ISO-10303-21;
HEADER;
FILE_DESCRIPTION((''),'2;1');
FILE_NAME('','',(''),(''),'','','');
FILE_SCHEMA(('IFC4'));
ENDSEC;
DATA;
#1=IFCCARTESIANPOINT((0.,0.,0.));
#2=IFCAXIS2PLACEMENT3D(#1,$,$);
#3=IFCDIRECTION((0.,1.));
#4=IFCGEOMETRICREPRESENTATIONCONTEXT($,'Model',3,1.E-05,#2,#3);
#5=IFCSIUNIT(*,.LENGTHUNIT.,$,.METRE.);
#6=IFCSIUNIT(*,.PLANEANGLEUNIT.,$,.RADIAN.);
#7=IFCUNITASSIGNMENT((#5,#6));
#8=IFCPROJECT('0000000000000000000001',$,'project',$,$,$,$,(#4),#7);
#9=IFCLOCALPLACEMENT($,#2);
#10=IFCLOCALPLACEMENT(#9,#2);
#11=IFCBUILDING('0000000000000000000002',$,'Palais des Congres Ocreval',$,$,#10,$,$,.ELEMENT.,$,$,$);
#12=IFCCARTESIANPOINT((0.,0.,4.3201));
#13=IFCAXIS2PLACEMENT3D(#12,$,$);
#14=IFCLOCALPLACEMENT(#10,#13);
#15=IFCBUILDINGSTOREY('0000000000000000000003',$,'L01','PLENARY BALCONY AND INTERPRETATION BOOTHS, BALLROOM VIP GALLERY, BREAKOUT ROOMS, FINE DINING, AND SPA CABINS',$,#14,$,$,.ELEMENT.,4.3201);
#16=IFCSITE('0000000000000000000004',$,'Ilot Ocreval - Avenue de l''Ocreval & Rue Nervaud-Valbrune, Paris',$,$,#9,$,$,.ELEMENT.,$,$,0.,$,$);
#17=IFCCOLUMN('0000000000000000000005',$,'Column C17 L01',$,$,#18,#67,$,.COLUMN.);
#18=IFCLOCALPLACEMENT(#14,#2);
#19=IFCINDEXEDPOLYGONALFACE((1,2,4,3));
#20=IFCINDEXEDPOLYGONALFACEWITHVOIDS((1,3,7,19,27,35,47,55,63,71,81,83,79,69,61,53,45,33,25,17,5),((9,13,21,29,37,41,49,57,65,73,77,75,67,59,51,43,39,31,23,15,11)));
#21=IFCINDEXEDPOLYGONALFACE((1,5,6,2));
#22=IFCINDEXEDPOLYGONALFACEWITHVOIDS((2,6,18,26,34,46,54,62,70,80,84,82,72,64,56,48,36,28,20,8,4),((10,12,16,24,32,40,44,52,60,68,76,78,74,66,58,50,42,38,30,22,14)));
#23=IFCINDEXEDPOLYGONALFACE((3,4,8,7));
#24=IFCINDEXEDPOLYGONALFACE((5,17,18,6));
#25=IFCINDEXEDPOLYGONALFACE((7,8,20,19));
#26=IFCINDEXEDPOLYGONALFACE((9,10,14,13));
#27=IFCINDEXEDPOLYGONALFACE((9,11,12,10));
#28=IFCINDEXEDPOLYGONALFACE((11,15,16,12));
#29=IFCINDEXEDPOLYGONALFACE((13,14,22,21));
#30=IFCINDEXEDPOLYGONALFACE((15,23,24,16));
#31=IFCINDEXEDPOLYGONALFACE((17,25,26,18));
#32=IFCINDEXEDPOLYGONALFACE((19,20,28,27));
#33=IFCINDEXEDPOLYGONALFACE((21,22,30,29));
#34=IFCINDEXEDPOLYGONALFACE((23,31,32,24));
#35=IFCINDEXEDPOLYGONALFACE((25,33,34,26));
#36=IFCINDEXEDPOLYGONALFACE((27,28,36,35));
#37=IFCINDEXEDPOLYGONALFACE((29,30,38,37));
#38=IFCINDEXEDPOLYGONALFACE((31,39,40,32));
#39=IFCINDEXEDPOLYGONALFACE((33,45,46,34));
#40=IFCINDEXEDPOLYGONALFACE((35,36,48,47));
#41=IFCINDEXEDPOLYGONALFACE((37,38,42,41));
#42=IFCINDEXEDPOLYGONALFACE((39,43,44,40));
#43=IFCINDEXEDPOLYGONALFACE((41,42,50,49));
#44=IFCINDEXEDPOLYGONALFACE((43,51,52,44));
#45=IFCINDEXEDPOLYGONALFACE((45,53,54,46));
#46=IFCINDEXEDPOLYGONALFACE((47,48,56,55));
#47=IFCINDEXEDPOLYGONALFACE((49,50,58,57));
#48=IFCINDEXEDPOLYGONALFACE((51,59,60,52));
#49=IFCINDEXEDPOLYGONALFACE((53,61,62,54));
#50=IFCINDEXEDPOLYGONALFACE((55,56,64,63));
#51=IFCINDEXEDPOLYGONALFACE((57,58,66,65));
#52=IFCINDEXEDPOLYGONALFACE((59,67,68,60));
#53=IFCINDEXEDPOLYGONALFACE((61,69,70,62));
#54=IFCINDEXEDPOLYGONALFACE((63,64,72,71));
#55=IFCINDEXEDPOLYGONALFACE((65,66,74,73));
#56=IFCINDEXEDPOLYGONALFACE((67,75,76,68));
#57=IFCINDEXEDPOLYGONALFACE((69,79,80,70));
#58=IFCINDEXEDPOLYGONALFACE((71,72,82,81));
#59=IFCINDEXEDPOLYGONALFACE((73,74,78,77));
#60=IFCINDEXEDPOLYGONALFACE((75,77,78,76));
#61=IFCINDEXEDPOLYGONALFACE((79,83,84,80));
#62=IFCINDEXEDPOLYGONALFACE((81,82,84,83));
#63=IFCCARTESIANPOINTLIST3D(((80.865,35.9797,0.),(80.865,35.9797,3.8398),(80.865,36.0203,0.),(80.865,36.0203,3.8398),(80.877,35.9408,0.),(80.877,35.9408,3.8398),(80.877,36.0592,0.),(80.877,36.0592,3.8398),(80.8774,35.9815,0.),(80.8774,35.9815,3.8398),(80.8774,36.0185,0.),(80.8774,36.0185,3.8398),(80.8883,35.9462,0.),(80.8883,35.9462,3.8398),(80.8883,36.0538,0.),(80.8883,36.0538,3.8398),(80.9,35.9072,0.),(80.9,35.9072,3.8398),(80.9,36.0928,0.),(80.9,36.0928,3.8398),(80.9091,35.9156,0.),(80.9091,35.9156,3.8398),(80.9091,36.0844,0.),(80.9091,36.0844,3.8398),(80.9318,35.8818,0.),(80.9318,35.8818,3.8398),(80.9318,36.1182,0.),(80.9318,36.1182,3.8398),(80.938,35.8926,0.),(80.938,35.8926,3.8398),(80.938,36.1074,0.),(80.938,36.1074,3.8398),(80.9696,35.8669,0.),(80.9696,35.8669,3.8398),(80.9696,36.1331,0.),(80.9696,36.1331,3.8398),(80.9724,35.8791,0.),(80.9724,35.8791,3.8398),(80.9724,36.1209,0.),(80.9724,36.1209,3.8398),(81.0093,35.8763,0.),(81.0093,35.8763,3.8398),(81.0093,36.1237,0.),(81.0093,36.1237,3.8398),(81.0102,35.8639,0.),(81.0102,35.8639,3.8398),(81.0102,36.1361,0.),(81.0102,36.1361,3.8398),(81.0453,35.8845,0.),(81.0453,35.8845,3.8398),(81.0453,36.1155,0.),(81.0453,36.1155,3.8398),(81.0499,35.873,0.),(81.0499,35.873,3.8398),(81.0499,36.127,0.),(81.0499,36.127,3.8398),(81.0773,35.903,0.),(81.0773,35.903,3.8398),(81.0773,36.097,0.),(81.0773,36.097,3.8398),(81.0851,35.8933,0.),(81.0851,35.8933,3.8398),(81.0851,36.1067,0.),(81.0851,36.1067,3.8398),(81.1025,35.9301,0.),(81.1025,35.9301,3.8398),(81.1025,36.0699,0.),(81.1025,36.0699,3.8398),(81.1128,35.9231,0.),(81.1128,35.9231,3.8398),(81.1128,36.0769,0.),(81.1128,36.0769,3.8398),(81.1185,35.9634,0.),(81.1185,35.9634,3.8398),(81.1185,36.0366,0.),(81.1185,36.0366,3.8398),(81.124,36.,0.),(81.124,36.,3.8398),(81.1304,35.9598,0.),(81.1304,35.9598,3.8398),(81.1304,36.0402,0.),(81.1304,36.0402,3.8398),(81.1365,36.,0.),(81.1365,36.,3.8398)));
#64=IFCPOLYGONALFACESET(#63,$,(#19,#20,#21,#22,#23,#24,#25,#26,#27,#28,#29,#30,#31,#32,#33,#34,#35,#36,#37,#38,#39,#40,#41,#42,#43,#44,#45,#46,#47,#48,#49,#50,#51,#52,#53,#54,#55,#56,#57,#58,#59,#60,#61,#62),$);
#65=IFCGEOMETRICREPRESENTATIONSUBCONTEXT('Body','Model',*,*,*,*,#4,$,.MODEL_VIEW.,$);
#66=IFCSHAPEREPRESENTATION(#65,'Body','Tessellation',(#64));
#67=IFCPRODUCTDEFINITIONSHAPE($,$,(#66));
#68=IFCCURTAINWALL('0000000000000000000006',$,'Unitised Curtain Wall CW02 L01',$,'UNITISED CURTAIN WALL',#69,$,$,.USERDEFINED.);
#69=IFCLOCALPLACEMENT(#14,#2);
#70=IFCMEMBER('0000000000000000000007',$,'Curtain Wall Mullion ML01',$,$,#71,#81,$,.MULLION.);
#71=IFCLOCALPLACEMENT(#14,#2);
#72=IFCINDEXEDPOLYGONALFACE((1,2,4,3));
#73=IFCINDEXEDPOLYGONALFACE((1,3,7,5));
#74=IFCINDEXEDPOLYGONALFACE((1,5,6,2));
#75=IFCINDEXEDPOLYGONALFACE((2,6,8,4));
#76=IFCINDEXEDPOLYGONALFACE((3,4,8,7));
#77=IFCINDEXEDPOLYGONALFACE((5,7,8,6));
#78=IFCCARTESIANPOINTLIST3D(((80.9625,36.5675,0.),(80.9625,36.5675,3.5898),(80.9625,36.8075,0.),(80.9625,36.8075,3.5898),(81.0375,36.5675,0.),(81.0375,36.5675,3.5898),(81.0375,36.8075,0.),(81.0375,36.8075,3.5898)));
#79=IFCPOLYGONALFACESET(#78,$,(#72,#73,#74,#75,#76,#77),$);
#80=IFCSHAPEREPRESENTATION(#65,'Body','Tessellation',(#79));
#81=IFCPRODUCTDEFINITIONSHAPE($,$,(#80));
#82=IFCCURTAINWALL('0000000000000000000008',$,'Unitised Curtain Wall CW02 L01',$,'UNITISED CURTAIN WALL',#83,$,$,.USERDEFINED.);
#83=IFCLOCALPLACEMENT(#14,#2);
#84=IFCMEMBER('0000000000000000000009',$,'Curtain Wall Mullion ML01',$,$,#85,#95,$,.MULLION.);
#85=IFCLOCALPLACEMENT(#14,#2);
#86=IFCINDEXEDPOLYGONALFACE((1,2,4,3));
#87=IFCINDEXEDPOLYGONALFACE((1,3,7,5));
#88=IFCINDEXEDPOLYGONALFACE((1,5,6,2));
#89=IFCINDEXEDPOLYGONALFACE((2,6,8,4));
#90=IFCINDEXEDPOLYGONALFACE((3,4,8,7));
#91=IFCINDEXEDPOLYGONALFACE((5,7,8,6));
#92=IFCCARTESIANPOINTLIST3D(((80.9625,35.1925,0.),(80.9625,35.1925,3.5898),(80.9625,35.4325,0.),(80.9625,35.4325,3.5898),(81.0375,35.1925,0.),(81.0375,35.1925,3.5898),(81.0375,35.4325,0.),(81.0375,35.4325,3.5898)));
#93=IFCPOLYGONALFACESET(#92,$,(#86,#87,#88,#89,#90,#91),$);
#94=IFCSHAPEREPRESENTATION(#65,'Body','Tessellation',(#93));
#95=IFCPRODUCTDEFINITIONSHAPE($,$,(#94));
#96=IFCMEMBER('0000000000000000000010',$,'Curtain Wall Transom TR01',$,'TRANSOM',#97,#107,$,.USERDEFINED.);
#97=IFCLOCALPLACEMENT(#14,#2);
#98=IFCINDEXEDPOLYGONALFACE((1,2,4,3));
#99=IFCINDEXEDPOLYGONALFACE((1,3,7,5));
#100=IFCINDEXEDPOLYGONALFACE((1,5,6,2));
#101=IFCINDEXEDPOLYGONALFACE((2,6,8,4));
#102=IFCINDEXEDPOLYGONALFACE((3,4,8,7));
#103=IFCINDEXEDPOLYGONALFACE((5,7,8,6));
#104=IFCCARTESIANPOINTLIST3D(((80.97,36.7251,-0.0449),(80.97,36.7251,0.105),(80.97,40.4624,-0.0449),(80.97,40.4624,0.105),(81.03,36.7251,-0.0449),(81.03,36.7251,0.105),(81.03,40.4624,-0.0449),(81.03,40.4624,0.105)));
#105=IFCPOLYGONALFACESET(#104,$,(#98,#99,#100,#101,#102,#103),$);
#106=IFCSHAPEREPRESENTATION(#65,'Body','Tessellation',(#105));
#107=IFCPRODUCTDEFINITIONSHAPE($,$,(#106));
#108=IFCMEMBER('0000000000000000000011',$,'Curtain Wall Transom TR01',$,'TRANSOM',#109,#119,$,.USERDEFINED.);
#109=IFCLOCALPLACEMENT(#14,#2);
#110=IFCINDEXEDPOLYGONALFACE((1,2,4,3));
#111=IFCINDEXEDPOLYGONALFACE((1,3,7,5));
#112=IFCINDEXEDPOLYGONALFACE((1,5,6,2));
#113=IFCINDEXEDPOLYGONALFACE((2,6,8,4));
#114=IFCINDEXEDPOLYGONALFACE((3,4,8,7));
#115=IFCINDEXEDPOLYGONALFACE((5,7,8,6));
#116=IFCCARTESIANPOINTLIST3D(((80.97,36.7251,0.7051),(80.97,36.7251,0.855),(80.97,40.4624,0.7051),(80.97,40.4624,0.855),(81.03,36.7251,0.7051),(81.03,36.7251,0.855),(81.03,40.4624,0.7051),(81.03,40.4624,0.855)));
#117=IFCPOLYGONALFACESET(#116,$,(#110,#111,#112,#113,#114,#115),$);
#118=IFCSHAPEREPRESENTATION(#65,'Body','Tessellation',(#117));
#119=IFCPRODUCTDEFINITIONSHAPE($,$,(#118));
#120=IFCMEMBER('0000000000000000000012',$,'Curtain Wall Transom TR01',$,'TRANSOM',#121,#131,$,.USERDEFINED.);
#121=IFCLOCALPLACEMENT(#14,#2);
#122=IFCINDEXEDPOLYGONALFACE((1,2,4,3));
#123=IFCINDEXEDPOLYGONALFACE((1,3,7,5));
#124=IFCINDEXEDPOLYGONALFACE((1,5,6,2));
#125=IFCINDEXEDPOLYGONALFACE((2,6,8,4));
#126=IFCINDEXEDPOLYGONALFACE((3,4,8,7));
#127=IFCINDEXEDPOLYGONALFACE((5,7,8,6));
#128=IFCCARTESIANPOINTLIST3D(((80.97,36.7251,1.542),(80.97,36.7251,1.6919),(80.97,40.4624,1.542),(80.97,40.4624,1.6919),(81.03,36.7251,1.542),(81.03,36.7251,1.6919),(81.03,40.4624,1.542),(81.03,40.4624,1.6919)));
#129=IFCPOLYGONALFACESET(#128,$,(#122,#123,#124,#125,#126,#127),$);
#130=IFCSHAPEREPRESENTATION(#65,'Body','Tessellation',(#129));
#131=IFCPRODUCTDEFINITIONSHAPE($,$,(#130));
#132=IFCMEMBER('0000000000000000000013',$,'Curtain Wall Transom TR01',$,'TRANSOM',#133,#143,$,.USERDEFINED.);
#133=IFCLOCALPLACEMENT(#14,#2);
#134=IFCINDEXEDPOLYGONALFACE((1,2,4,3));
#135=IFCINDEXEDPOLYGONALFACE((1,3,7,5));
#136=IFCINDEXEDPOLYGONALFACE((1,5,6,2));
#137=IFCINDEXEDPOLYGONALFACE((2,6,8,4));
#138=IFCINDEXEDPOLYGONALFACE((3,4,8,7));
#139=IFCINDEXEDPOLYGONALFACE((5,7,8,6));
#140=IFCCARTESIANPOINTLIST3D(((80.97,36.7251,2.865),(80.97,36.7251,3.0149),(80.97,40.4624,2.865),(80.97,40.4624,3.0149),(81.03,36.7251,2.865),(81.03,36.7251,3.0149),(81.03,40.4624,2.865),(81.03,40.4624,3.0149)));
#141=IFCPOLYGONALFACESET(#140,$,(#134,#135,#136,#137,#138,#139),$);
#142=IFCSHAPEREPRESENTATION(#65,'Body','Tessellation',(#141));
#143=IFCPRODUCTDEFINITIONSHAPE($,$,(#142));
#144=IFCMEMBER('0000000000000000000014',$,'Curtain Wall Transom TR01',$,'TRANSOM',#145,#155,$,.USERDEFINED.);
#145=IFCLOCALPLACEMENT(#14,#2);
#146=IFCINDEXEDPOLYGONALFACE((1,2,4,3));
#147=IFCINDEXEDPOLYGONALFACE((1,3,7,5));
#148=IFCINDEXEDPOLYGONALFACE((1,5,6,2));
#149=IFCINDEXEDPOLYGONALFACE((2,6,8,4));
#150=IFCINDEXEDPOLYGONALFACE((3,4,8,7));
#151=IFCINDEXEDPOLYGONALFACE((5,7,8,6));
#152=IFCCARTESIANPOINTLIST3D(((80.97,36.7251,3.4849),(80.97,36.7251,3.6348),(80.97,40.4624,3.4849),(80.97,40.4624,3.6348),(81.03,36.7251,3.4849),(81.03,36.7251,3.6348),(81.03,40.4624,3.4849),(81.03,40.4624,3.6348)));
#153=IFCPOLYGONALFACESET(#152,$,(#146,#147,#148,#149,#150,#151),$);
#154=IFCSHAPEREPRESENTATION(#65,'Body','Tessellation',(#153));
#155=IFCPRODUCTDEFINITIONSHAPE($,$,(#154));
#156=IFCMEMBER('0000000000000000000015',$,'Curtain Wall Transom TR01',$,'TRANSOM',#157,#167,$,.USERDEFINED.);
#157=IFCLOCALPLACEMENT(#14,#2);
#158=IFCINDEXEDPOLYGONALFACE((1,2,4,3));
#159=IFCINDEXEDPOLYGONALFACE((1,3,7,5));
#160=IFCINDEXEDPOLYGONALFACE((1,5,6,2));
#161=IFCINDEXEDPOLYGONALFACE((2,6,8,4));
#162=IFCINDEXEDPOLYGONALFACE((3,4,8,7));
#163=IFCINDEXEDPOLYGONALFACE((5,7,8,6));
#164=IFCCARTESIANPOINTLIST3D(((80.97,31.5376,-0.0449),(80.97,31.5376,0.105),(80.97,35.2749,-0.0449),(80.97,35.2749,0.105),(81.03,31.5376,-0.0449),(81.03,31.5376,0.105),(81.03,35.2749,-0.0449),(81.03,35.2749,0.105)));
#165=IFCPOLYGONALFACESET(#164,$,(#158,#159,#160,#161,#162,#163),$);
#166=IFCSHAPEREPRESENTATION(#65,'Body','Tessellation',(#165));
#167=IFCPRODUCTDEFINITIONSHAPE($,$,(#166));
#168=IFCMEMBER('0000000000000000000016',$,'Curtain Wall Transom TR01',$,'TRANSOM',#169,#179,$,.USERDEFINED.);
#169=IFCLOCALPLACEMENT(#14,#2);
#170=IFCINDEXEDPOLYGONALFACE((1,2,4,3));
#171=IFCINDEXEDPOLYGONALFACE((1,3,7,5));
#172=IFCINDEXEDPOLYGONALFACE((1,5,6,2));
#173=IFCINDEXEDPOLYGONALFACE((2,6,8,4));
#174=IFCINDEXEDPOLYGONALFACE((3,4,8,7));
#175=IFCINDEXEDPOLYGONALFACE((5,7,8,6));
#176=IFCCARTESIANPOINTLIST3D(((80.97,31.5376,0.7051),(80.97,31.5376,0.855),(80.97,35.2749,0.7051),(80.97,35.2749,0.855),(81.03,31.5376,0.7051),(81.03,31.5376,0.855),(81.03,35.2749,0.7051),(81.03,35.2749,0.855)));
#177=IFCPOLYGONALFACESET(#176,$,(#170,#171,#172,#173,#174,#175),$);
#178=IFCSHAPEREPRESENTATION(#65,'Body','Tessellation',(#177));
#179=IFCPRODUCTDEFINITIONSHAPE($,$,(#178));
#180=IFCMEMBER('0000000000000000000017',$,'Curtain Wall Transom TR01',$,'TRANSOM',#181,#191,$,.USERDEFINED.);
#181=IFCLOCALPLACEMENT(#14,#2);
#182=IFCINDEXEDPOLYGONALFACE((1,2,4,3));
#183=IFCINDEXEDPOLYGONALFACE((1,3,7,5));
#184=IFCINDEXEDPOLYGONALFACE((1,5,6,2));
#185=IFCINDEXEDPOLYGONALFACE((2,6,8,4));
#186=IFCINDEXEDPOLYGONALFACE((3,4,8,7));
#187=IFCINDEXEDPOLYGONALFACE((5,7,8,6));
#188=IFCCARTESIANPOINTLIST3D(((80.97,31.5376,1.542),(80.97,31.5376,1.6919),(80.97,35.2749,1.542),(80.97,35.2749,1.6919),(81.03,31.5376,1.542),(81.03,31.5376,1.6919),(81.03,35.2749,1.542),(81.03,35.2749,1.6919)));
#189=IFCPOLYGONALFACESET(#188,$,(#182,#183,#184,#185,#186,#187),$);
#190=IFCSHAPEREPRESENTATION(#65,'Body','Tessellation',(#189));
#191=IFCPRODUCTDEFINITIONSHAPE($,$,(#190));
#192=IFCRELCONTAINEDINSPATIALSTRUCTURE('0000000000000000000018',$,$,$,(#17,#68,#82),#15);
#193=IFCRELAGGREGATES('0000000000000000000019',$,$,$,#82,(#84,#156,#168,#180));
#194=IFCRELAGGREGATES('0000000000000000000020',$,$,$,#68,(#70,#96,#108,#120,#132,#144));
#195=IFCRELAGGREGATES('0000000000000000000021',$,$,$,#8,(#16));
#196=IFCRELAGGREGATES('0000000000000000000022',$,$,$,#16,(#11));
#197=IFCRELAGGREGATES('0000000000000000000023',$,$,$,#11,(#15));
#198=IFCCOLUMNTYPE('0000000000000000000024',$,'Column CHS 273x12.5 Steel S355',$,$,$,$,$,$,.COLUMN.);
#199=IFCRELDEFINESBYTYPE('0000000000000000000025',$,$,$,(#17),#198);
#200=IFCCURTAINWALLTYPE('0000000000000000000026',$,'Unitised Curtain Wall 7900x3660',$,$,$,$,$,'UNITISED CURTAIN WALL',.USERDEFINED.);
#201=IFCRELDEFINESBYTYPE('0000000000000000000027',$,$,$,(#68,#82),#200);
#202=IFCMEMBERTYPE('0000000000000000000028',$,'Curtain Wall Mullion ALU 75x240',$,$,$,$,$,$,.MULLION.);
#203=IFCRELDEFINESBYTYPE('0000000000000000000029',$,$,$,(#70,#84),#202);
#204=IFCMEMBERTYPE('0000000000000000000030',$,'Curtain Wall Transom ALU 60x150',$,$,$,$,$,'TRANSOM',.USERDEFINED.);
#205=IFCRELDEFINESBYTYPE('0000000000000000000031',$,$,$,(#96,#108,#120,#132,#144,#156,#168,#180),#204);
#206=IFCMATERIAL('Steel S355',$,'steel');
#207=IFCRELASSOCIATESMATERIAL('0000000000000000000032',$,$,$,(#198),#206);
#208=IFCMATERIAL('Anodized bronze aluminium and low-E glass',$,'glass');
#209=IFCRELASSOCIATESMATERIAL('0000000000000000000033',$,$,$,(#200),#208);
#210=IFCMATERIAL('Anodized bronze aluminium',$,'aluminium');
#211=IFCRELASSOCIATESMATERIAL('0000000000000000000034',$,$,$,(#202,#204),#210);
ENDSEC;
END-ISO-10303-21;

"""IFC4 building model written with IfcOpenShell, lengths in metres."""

from ifc_helpers import new_model, si_unit, direction, frame, origin, origin_2d, place, context, subcontext, project, spatial, rectangle, hollow_circle, extrude, material, material_profile, profile_set, type_object, element, aggregate, save


model = new_model("IFC4")

# Units and contexts
model_context = context("Model", 3, precision=1e-05, world=origin(), true_north=direction((0.0, 1.0)))
body_context = subcontext(model_context, "Body", "Model", "MODEL_VIEW")
ifc_project = project(units=[si_unit("LENGTHUNIT", "METRE"), si_unit("PLANEANGLEUNIT", "RADIAN")], contexts=[model_context])

# Site, building, storey
site_placement = place(None, origin())
site = spatial("IfcSite", under=ifc_project, at=site_placement, Name="Ilot Ocreval - Avenue de l'Ocreval & Rue Nervaud-Valbrune, Paris", CompositionType="ELEMENT", RefElevation=0.0)
building_placement = place(site_placement, origin())
building = spatial("IfcBuilding", under=site, at=building_placement, Name="Palais des Congres Ocreval", CompositionType="ELEMENT")
storey_placement = place(building_placement, frame((0.0, 0.0, 4.3201)))
storey = spatial("IfcBuildingStorey", under=building, at=storey_placement, Name="L01", Description="PLENARY BALCONY AND INTERPRETATION BOOTHS, BALLROOM VIP GALLERY, BREAKOUT ROOMS, FINE DINING, AND SPA CABINS", CompositionType="ELEMENT", Elevation=4.3201)

# Column
ifc_material_1 = material(Name="Steel S355", Category="steel")
ifc_material_profile_1 = material_profile(ifc_material_1, hollow_circle(Radius=0.1365, WallThickness=0.0125, at=origin_2d()), Name="CHS 273x12.5")
ifc_profile_set_1 = profile_set([ifc_material_profile_1], Name="Steel S355")
column_type = type_object("IfcColumnType", Name="Column CHS 273x12.5 Steel S355", PredefinedType="COLUMN", material=ifc_profile_set_1)
column_placement = place(storey_placement, frame((81.0, 36.0, 0.0), z_axis=(0.0, 0.0, 1.0), x_axis=(1.0, 0.0, 0.0)))
element("IfcColumn", 1, at=column_placement, inside=storey, type_object=column_type, Name="Column C17 L01", PredefinedType="COLUMN", context=body_context, shape_type="SweptSolid", body=[
    extrude(hollow_circle(Radius=0.1365, WallThickness=0.0125, at=origin_2d()), origin(), (0.0, 0.0, 1.0), 3.8398),
])

# Curtain walls, members
ifc_material_2 = material(Name="Anodized bronze aluminium and low-E glass", Category="glass")
curtain_wall_type = type_object("IfcCurtainWallType", Name="Unitised Curtain Wall 7900x3660", ElementType="UNITISED CURTAIN WALL", PredefinedType="USERDEFINED", material=ifc_material_2)
curtain_wall_1_placement = place(storey_placement, origin())
curtain_wall_1 = element("IfcCurtainWall", 2, at=curtain_wall_1_placement, inside=storey, type_object=curtain_wall_type, Name="Unitised Curtain Wall CW02 L01", ObjectType="UNITISED CURTAIN WALL", PredefinedType="USERDEFINED")
ifc_material_3 = material(Name="Anodized bronze aluminium", Category="aluminium")
ifc_material_profile_2 = material_profile(ifc_material_3, rectangle(XDim=0.075, YDim=0.24, at=origin_2d()), Name="ALU 75x240")
ifc_profile_set_2 = profile_set([ifc_material_profile_2], Name="Anodized bronze aluminium")
member_type_1 = type_object("IfcMemberType", Name="Curtain Wall Mullion ALU 75x240", PredefinedType="MULLION", material=ifc_profile_set_2)
member_1_placement = place(storey_placement, frame((81.0, 36.6875, 0.0), z_axis=(0.0, 0.0, 1.0), x_axis=(1.0, 0.0, 0.0)))
member_1 = element("IfcMember", 3, at=member_1_placement, type_object=member_type_1, Name="Curtain Wall Mullion ML01", PredefinedType="MULLION", context=body_context, shape_type="SweptSolid", body=[
    extrude(rectangle(XDim=0.075, YDim=0.24, at=origin_2d()), origin(), (0.0, 0.0, 1.0), 3.5898),
])
curtain_wall_2_placement = place(storey_placement, origin())
curtain_wall_2 = element("IfcCurtainWall", 4, at=curtain_wall_2_placement, inside=storey, type_object=curtain_wall_type, Name="Unitised Curtain Wall CW02 L01", ObjectType="UNITISED CURTAIN WALL", PredefinedType="USERDEFINED")
member_2_placement = place(storey_placement, frame((81.0, 35.3125, 0.0), z_axis=(0.0, 0.0, 1.0), x_axis=(1.0, 0.0, 0.0)))
member_2 = element("IfcMember", 5, at=member_2_placement, type_object=member_type_1, Name="Curtain Wall Mullion ML01", PredefinedType="MULLION", context=body_context, shape_type="SweptSolid", body=[
    extrude(rectangle(XDim=0.075, YDim=0.24, at=origin_2d()), origin(), (0.0, 0.0, 1.0), 3.5898),
])

# Members
ifc_material_profile_3 = material_profile(ifc_material_3, rectangle(XDim=0.0601, YDim=0.1499, at=origin_2d()), Name="ALU 60x150")
ifc_profile_set_3 = profile_set([ifc_material_profile_3], Name="Anodized bronze aluminium")
member_type_2 = type_object("IfcMemberType", Name="Curtain Wall Transom ALU 60x150", ElementType="TRANSOM", PredefinedType="USERDEFINED", material=ifc_profile_set_3)
member_3_placement = place(storey_placement, frame((81.0, 40.4624, 0.03), z_axis=(0.0, -1.0, 0.0), x_axis=(1.0, 0.0, 0.0)))
member_3 = element("IfcMember", 6, at=member_3_placement, type_object=member_type_2, Name="Curtain Wall Transom TR01", ObjectType="TRANSOM", PredefinedType="USERDEFINED", context=body_context, shape_type="SweptSolid", body=[
    extrude(rectangle(XDim=0.0601, YDim=0.1499, at=origin_2d()), origin(), (0.0, 0.0, 1.0), 3.7373),
])
member_4_placement = place(storey_placement, frame((81.0, 40.4624, 0.78), z_axis=(0.0, -1.0, 0.0), x_axis=(1.0, 0.0, 0.0)))
member_4 = element("IfcMember", 7, at=member_4_placement, type_object=member_type_2, Name="Curtain Wall Transom TR01", ObjectType="TRANSOM", PredefinedType="USERDEFINED", context=body_context, shape_type="SweptSolid", body=[
    extrude(rectangle(XDim=0.0601, YDim=0.1499, at=origin_2d()), origin(), (0.0, 0.0, 1.0), 3.7373),
])
member_5_placement = place(storey_placement, frame((81.0, 40.4624, 1.6169), z_axis=(0.0, -1.0, 0.0), x_axis=(1.0, 0.0, 0.0)))
member_5 = element("IfcMember", 8, at=member_5_placement, type_object=member_type_2, Name="Curtain Wall Transom TR01", ObjectType="TRANSOM", PredefinedType="USERDEFINED", context=body_context, shape_type="SweptSolid", body=[
    extrude(rectangle(XDim=0.0601, YDim=0.1499, at=origin_2d()), origin(), (0.0, 0.0, 1.0), 3.7373),
])
member_6_placement = place(storey_placement, frame((81.0, 40.4624, 2.9399), z_axis=(0.0, -1.0, 0.0), x_axis=(1.0, 0.0, 0.0)))
member_6 = element("IfcMember", 9, at=member_6_placement, type_object=member_type_2, Name="Curtain Wall Transom TR01", ObjectType="TRANSOM", PredefinedType="USERDEFINED", context=body_context, shape_type="SweptSolid", body=[
    extrude(rectangle(XDim=0.0601, YDim=0.1499, at=origin_2d()), origin(), (0.0, 0.0, 1.0), 3.7373),
])
member_7_placement = place(storey_placement, frame((81.0, 40.4624, 3.5598), z_axis=(0.0, -1.0, 0.0), x_axis=(1.0, 0.0, 0.0)))
member_7 = element("IfcMember", 10, at=member_7_placement, type_object=member_type_2, Name="Curtain Wall Transom TR01", ObjectType="TRANSOM", PredefinedType="USERDEFINED", context=body_context, shape_type="SweptSolid", body=[
    extrude(rectangle(XDim=0.0601, YDim=0.1499, at=origin_2d()), origin(), (0.0, 0.0, 1.0), 3.7373),
])
member_8_placement = place(storey_placement, frame((81.0, 35.2749, 0.03), z_axis=(0.0, -1.0, 0.0), x_axis=(1.0, 0.0, 0.0)))
member_8 = element("IfcMember", 11, at=member_8_placement, type_object=member_type_2, Name="Curtain Wall Transom TR01", ObjectType="TRANSOM", PredefinedType="USERDEFINED", context=body_context, shape_type="SweptSolid", body=[
    extrude(rectangle(XDim=0.0601, YDim=0.1499, at=origin_2d()), origin(), (0.0, 0.0, 1.0), 3.7373),
])
member_9_placement = place(storey_placement, frame((81.0, 35.2749, 0.78), z_axis=(0.0, -1.0, 0.0), x_axis=(1.0, 0.0, 0.0)))
member_9 = element("IfcMember", 12, at=member_9_placement, type_object=member_type_2, Name="Curtain Wall Transom TR01", ObjectType="TRANSOM", PredefinedType="USERDEFINED", context=body_context, shape_type="SweptSolid", body=[
    extrude(rectangle(XDim=0.0601, YDim=0.1499, at=origin_2d()), origin(), (0.0, 0.0, 1.0), 3.7373),
])
member_10_placement = place(storey_placement, frame((81.0, 35.2749, 1.6169), z_axis=(0.0, -1.0, 0.0), x_axis=(1.0, 0.0, 0.0)))
member_10 = element("IfcMember", 13, at=member_10_placement, type_object=member_type_2, Name="Curtain Wall Transom TR01", ObjectType="TRANSOM", PredefinedType="USERDEFINED", context=body_context, shape_type="SweptSolid", body=[
    extrude(rectangle(XDim=0.0601, YDim=0.1499, at=origin_2d()), origin(), (0.0, 0.0, 1.0), 3.7373),
])

aggregate(curtain_wall_2, [member_2, member_8, member_9, member_10])
aggregate(curtain_wall_1, [member_1, member_3, member_4, member_5, member_6, member_7])

save(model, "model.ifc")
